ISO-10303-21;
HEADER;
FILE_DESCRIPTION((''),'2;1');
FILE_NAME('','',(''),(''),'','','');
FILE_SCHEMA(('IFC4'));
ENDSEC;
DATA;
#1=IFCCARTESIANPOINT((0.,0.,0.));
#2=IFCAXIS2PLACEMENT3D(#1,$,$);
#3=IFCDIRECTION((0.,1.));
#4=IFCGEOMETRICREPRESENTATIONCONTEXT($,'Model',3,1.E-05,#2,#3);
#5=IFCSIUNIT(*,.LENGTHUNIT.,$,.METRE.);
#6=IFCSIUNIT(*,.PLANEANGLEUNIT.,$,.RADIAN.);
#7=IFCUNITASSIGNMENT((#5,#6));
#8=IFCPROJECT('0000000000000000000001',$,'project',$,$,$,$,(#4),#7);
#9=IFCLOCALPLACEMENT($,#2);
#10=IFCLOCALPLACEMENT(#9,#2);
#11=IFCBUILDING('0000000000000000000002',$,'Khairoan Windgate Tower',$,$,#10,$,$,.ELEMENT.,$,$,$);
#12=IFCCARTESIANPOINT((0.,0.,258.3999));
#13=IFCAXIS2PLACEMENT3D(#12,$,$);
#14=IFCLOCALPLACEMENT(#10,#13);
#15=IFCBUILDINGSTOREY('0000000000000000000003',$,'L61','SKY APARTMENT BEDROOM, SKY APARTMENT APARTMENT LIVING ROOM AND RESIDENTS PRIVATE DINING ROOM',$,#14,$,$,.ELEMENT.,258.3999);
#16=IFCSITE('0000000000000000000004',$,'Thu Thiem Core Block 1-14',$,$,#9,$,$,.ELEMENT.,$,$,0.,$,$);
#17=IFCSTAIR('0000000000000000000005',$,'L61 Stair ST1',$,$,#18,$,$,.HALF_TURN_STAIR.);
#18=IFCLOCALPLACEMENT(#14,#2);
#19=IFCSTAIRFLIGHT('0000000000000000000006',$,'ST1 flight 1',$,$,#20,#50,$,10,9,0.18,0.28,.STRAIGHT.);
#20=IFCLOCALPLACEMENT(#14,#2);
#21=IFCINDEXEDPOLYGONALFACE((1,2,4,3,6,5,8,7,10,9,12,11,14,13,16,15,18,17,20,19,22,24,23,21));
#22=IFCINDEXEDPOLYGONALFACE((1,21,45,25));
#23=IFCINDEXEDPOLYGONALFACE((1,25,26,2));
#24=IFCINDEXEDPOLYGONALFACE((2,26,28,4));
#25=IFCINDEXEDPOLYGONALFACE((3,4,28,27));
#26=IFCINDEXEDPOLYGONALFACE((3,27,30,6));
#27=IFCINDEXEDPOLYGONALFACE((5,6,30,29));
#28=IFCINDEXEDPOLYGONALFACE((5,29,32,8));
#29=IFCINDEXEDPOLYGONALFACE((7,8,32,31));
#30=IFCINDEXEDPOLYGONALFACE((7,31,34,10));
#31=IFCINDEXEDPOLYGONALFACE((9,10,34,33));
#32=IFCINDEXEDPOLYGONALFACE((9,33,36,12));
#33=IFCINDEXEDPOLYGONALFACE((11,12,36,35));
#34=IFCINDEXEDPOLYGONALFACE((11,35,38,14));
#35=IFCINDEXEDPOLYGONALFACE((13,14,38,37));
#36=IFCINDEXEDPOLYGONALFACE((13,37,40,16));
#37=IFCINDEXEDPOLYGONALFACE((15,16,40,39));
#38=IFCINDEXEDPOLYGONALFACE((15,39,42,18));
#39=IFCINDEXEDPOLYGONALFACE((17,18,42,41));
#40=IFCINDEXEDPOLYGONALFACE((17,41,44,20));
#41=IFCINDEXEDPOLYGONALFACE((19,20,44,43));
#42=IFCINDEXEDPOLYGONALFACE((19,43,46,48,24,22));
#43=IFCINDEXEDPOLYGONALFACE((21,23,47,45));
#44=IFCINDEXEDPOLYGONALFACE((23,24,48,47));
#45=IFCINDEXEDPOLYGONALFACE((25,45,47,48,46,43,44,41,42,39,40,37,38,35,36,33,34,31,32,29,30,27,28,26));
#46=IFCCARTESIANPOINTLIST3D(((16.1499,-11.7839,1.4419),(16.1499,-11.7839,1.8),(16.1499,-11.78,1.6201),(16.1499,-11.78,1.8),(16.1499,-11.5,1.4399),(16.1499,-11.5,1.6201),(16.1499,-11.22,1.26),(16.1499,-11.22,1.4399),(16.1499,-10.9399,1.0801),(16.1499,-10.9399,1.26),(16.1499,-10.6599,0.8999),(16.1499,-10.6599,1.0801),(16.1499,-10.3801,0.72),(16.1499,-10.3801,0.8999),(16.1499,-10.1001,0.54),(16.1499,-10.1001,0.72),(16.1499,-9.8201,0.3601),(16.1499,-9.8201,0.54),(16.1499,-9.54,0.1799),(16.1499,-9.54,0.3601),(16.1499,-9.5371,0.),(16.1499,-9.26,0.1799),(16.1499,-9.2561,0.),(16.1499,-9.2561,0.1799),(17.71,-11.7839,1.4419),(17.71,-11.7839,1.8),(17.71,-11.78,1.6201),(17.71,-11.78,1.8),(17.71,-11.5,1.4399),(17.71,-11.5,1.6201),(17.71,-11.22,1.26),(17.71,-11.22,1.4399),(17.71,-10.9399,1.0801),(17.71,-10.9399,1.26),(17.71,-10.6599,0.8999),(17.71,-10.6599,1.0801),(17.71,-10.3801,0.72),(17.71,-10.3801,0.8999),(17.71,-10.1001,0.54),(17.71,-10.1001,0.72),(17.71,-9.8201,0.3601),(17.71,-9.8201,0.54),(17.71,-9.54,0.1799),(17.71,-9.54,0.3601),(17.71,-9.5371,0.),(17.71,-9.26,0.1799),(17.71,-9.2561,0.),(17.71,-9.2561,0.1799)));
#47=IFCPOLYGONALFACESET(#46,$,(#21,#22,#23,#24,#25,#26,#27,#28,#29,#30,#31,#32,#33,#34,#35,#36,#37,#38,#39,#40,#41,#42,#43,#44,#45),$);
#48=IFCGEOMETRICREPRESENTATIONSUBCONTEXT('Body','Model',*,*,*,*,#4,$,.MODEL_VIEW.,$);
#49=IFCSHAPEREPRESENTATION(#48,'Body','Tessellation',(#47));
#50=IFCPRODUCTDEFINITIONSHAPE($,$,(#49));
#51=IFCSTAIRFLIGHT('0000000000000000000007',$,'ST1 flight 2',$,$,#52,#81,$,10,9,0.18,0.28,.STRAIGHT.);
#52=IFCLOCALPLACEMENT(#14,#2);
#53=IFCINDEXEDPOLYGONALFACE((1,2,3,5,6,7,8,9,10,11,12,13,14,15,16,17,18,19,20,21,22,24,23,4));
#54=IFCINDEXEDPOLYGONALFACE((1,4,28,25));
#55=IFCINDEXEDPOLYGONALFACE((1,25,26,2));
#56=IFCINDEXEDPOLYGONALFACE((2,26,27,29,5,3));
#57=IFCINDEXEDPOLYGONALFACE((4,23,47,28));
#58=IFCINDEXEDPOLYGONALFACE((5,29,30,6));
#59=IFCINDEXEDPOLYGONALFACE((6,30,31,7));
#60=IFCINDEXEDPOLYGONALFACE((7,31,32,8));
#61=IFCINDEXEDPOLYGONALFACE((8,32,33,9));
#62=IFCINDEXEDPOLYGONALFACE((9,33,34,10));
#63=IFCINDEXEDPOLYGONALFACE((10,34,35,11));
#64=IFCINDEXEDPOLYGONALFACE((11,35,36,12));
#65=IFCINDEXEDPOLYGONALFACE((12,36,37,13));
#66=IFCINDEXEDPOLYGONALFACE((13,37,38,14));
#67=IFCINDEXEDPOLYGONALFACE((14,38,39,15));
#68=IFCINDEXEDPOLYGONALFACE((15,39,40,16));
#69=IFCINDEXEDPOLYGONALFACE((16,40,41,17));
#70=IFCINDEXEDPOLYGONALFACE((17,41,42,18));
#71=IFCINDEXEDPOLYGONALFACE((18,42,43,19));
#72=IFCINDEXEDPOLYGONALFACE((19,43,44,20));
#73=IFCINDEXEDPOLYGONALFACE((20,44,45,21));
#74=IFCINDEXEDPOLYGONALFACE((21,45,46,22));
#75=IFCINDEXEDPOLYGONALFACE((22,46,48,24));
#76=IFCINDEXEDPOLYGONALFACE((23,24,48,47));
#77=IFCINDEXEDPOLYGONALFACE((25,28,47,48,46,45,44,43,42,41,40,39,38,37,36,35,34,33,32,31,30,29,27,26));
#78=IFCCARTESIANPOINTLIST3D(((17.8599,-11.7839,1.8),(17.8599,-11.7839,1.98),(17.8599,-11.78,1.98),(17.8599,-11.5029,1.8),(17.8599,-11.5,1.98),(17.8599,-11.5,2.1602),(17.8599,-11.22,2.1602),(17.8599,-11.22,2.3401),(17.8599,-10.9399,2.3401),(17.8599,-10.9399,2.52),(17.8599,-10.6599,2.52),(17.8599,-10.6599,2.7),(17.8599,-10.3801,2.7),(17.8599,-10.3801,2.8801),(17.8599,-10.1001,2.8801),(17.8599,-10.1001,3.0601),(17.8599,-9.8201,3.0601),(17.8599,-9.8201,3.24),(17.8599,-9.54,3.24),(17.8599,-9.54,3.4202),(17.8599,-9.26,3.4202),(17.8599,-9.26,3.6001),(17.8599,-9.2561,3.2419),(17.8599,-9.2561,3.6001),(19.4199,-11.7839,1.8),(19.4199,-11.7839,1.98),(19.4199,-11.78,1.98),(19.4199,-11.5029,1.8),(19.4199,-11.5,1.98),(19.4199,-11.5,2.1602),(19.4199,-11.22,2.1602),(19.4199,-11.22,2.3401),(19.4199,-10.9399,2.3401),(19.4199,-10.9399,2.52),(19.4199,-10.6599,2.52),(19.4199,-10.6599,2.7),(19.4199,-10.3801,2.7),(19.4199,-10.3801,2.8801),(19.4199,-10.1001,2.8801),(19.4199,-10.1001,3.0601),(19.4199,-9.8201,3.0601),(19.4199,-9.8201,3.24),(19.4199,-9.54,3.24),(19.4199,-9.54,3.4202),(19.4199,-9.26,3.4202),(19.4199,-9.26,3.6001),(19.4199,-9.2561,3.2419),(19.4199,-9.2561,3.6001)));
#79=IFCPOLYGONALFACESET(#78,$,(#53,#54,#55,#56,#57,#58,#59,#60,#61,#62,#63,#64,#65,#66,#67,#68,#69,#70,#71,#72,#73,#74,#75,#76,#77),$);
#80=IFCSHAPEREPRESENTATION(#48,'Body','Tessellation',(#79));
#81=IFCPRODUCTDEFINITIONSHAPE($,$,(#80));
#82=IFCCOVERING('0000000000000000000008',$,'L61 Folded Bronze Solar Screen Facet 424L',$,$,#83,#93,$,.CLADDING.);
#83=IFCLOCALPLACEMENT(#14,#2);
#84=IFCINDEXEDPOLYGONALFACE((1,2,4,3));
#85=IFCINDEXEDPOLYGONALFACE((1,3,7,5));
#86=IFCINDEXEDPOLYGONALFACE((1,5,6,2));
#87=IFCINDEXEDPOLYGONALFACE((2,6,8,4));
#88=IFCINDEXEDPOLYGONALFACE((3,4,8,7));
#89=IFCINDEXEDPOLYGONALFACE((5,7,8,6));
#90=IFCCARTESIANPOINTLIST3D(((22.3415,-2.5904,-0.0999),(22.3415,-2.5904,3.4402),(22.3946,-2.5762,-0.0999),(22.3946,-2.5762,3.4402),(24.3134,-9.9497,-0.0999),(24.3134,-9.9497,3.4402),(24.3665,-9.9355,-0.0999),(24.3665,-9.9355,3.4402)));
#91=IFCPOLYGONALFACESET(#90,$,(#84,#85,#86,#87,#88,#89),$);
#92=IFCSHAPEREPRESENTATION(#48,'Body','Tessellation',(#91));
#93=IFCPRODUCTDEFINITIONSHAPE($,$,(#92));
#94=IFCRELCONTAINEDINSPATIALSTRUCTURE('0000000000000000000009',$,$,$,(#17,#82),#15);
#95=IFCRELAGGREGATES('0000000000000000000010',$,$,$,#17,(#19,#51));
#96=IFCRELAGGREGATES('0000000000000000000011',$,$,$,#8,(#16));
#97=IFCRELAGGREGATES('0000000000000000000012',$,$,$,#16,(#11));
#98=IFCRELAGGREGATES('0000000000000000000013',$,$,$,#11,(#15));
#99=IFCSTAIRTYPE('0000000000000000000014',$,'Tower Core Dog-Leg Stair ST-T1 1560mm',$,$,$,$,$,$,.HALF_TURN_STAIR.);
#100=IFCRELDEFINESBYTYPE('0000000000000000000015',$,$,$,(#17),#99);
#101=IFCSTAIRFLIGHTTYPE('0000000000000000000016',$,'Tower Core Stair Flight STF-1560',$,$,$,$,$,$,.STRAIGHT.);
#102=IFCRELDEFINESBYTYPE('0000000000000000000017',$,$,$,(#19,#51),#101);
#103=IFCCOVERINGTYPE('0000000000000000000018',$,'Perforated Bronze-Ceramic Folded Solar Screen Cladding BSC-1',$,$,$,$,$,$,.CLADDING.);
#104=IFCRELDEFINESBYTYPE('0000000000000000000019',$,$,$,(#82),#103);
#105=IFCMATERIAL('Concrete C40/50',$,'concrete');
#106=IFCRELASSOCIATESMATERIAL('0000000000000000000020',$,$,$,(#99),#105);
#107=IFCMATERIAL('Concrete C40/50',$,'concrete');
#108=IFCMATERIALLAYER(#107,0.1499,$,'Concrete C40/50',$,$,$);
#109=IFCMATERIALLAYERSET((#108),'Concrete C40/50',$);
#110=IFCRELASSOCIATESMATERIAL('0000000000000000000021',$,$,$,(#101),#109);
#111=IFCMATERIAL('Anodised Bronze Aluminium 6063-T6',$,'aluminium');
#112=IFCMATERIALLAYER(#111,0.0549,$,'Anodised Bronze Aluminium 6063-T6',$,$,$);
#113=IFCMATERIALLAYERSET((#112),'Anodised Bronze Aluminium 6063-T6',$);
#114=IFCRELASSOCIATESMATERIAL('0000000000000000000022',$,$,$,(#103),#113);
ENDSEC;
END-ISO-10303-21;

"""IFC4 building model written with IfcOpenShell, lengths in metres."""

from ifc_helpers import new_model, si_unit, direction, frame, origin, origin_2d, place, context, subcontext, project, spatial, polyline, rectangle, outline, extrude, material, layer, layer_set, type_object, element, aggregate, save


model = new_model("IFC4")

# Units and contexts
model_context = context("Model", 3, precision=1e-05, world=origin(), true_north=direction((0.0, 1.0)))
body_context = subcontext(model_context, "Body", "Model", "MODEL_VIEW")
ifc_project = project(units=[si_unit("LENGTHUNIT", "METRE"), si_unit("PLANEANGLEUNIT", "RADIAN")], contexts=[model_context])

# Site, building, storey
site_placement = place(None, origin())
site = spatial("IfcSite", under=ifc_project, at=site_placement, Name="Thu Thiem Core Block 1-14", CompositionType="ELEMENT", RefElevation=0.0)
building_placement = place(site_placement, origin())
building = spatial("IfcBuilding", under=site, at=building_placement, Name="Khairoan Windgate Tower", CompositionType="ELEMENT")
storey_placement = place(building_placement, frame((0.0, 0.0, 258.3999)))
storey = spatial("IfcBuildingStorey", under=building, at=storey_placement, Name="L61", Description="SKY APARTMENT BEDROOM, SKY APARTMENT APARTMENT LIVING ROOM AND RESIDENTS PRIVATE DINING ROOM", CompositionType="ELEMENT", Elevation=258.3999)

# Stair, stair flights
ifc_material_1 = material(Name="Concrete C40/50", Category="concrete")
stair_type = type_object("IfcStairType", Name="Tower Core Dog-Leg Stair ST-T1 1560mm", PredefinedType="HALF_TURN_STAIR", material=ifc_material_1)
stair_placement = place(storey_placement, origin())
stair = element("IfcStair", 1, at=stair_placement, inside=storey, type_object=stair_type, Name="L61 Stair ST1", PredefinedType="HALF_TURN_STAIR")
ifc_material_2 = material(Name="Concrete C40/50", Category="concrete")
ifc_layer_1 = layer(ifc_material_2, 0.1499, Name="Concrete C40/50")
ifc_layer_set_1 = layer_set([ifc_layer_1], Name="Concrete C40/50")
stair_flight_type = type_object("IfcStairFlightType", Name="Tower Core Stair Flight STF-1560", PredefinedType="STRAIGHT", material=ifc_layer_set_1)
stair_flight_1_placement = place(storey_placement, frame((16.9299, -9.26, 0.0), z_axis=(0.0, 0.0, 1.0), x_axis=(0.0, -1.0, 0.0)))
stair_flight_1 = element("IfcStairFlight", 2, at=stair_flight_1_placement, type_object=stair_flight_type, Name="ST1 flight 1", NumberOfRisers=10, NumberOfTreads=9, PredefinedType="STRAIGHT", RiserHeight=0.18, TreadLength=0.28, context=body_context, shape_type="SweptSolid", body=[
    extrude(outline(polyline([(-0.0039, 0.0), (-0.0039, 0.1799), (0.0, 0.1799), (0.28, 0.1799), (0.28, 0.3601), (0.5601, 0.3601), (0.5601, 0.54), (0.8401, 0.54), (0.8401, 0.72), (1.1201, 0.72), (1.1201, 0.8999), (1.3999, 0.8999), (1.3999, 1.0801), (1.6799, 1.0801), (1.6799, 1.26), (1.96, 1.26), (1.96, 1.4399), (2.24, 1.4399), (2.24, 1.6201), (2.52, 1.6201), (2.52, 1.8), (2.5239, 1.8), (2.5239, 1.4419), (0.2771, 0.0), (-0.0039, 0.0)])), frame((0.0, 0.78, 0.0), z_axis=(0.0, -1.0, 0.0), x_axis=(1.0, 0.0, 0.0)), (0.0, 0.0, 1.0), 1.5601),
])
stair_flight_2_placement = place(storey_placement, frame((18.6399, -11.78, 1.8), z_axis=(0.0, 0.0, 1.0), x_axis=(0.0, 1.0, 0.0)))
stair_flight_2 = element("IfcStairFlight", 3, at=stair_flight_2_placement, type_object=stair_flight_type, Name="ST1 flight 2", NumberOfRisers=10, NumberOfTreads=9, PredefinedType="STRAIGHT", RiserHeight=0.18, TreadLength=0.28, context=body_context, shape_type="SweptSolid", body=[
    extrude(outline(polyline([(-0.0039, 0.0), (-0.0039, 0.1799), (0.0, 0.1799), (0.28, 0.1799), (0.28, 0.3601), (0.5601, 0.3601), (0.5601, 0.54), (0.8401, 0.54), (0.8401, 0.72), (1.1201, 0.72), (1.1201, 0.8999), (1.3999, 0.8999), (1.3999, 1.0801), (1.6799, 1.0801), (1.6799, 1.26), (1.96, 1.26), (1.96, 1.4399), (2.24, 1.4399), (2.24, 1.6201), (2.52, 1.6201), (2.52, 1.8), (2.5239, 1.8), (2.5239, 1.4419), (0.2771, 0.0), (-0.0039, 0.0)])), frame((0.0, 0.78, 0.0), z_axis=(0.0, -1.0, 0.0), x_axis=(1.0, 0.0, 0.0)), (0.0, 0.0, 1.0), 1.5601),
])
aggregate(stair, [stair_flight_1, stair_flight_2])

# Covering
ifc_material_3 = material(Name="Anodised Bronze Aluminium 6063-T6", Category="aluminium")
ifc_layer_2 = layer(ifc_material_3, 0.0549, Name="Anodised Bronze Aluminium 6063-T6")
ifc_layer_set_2 = layer_set([ifc_layer_2], Name="Anodised Bronze Aluminium 6063-T6")
covering_type = type_object("IfcCoveringType", Name="Perforated Bronze-Ceramic Folded Solar Screen Cladding BSC-1", PredefinedType="CLADDING", material=ifc_layer_set_2)
covering_placement = place(storey_placement, frame((23.354, -6.2629, -0.0999), z_axis=(0.0, 0.0, 1.0), x_axis=(0.258819, -0.965926, 0.0)))
element("IfcCovering", 4, at=covering_placement, inside=storey, type_object=covering_type, Name="L61 Folded Bronze Solar Screen Facet 424L", PredefinedType="CLADDING", context=body_context, shape_type="SweptSolid", body=[
    extrude(rectangle(XDim=7.6189, YDim=0.0549, at=origin_2d()), origin(), (0.0, 0.0, 1.0), 3.54),
])

save(model, "model.ifc")
